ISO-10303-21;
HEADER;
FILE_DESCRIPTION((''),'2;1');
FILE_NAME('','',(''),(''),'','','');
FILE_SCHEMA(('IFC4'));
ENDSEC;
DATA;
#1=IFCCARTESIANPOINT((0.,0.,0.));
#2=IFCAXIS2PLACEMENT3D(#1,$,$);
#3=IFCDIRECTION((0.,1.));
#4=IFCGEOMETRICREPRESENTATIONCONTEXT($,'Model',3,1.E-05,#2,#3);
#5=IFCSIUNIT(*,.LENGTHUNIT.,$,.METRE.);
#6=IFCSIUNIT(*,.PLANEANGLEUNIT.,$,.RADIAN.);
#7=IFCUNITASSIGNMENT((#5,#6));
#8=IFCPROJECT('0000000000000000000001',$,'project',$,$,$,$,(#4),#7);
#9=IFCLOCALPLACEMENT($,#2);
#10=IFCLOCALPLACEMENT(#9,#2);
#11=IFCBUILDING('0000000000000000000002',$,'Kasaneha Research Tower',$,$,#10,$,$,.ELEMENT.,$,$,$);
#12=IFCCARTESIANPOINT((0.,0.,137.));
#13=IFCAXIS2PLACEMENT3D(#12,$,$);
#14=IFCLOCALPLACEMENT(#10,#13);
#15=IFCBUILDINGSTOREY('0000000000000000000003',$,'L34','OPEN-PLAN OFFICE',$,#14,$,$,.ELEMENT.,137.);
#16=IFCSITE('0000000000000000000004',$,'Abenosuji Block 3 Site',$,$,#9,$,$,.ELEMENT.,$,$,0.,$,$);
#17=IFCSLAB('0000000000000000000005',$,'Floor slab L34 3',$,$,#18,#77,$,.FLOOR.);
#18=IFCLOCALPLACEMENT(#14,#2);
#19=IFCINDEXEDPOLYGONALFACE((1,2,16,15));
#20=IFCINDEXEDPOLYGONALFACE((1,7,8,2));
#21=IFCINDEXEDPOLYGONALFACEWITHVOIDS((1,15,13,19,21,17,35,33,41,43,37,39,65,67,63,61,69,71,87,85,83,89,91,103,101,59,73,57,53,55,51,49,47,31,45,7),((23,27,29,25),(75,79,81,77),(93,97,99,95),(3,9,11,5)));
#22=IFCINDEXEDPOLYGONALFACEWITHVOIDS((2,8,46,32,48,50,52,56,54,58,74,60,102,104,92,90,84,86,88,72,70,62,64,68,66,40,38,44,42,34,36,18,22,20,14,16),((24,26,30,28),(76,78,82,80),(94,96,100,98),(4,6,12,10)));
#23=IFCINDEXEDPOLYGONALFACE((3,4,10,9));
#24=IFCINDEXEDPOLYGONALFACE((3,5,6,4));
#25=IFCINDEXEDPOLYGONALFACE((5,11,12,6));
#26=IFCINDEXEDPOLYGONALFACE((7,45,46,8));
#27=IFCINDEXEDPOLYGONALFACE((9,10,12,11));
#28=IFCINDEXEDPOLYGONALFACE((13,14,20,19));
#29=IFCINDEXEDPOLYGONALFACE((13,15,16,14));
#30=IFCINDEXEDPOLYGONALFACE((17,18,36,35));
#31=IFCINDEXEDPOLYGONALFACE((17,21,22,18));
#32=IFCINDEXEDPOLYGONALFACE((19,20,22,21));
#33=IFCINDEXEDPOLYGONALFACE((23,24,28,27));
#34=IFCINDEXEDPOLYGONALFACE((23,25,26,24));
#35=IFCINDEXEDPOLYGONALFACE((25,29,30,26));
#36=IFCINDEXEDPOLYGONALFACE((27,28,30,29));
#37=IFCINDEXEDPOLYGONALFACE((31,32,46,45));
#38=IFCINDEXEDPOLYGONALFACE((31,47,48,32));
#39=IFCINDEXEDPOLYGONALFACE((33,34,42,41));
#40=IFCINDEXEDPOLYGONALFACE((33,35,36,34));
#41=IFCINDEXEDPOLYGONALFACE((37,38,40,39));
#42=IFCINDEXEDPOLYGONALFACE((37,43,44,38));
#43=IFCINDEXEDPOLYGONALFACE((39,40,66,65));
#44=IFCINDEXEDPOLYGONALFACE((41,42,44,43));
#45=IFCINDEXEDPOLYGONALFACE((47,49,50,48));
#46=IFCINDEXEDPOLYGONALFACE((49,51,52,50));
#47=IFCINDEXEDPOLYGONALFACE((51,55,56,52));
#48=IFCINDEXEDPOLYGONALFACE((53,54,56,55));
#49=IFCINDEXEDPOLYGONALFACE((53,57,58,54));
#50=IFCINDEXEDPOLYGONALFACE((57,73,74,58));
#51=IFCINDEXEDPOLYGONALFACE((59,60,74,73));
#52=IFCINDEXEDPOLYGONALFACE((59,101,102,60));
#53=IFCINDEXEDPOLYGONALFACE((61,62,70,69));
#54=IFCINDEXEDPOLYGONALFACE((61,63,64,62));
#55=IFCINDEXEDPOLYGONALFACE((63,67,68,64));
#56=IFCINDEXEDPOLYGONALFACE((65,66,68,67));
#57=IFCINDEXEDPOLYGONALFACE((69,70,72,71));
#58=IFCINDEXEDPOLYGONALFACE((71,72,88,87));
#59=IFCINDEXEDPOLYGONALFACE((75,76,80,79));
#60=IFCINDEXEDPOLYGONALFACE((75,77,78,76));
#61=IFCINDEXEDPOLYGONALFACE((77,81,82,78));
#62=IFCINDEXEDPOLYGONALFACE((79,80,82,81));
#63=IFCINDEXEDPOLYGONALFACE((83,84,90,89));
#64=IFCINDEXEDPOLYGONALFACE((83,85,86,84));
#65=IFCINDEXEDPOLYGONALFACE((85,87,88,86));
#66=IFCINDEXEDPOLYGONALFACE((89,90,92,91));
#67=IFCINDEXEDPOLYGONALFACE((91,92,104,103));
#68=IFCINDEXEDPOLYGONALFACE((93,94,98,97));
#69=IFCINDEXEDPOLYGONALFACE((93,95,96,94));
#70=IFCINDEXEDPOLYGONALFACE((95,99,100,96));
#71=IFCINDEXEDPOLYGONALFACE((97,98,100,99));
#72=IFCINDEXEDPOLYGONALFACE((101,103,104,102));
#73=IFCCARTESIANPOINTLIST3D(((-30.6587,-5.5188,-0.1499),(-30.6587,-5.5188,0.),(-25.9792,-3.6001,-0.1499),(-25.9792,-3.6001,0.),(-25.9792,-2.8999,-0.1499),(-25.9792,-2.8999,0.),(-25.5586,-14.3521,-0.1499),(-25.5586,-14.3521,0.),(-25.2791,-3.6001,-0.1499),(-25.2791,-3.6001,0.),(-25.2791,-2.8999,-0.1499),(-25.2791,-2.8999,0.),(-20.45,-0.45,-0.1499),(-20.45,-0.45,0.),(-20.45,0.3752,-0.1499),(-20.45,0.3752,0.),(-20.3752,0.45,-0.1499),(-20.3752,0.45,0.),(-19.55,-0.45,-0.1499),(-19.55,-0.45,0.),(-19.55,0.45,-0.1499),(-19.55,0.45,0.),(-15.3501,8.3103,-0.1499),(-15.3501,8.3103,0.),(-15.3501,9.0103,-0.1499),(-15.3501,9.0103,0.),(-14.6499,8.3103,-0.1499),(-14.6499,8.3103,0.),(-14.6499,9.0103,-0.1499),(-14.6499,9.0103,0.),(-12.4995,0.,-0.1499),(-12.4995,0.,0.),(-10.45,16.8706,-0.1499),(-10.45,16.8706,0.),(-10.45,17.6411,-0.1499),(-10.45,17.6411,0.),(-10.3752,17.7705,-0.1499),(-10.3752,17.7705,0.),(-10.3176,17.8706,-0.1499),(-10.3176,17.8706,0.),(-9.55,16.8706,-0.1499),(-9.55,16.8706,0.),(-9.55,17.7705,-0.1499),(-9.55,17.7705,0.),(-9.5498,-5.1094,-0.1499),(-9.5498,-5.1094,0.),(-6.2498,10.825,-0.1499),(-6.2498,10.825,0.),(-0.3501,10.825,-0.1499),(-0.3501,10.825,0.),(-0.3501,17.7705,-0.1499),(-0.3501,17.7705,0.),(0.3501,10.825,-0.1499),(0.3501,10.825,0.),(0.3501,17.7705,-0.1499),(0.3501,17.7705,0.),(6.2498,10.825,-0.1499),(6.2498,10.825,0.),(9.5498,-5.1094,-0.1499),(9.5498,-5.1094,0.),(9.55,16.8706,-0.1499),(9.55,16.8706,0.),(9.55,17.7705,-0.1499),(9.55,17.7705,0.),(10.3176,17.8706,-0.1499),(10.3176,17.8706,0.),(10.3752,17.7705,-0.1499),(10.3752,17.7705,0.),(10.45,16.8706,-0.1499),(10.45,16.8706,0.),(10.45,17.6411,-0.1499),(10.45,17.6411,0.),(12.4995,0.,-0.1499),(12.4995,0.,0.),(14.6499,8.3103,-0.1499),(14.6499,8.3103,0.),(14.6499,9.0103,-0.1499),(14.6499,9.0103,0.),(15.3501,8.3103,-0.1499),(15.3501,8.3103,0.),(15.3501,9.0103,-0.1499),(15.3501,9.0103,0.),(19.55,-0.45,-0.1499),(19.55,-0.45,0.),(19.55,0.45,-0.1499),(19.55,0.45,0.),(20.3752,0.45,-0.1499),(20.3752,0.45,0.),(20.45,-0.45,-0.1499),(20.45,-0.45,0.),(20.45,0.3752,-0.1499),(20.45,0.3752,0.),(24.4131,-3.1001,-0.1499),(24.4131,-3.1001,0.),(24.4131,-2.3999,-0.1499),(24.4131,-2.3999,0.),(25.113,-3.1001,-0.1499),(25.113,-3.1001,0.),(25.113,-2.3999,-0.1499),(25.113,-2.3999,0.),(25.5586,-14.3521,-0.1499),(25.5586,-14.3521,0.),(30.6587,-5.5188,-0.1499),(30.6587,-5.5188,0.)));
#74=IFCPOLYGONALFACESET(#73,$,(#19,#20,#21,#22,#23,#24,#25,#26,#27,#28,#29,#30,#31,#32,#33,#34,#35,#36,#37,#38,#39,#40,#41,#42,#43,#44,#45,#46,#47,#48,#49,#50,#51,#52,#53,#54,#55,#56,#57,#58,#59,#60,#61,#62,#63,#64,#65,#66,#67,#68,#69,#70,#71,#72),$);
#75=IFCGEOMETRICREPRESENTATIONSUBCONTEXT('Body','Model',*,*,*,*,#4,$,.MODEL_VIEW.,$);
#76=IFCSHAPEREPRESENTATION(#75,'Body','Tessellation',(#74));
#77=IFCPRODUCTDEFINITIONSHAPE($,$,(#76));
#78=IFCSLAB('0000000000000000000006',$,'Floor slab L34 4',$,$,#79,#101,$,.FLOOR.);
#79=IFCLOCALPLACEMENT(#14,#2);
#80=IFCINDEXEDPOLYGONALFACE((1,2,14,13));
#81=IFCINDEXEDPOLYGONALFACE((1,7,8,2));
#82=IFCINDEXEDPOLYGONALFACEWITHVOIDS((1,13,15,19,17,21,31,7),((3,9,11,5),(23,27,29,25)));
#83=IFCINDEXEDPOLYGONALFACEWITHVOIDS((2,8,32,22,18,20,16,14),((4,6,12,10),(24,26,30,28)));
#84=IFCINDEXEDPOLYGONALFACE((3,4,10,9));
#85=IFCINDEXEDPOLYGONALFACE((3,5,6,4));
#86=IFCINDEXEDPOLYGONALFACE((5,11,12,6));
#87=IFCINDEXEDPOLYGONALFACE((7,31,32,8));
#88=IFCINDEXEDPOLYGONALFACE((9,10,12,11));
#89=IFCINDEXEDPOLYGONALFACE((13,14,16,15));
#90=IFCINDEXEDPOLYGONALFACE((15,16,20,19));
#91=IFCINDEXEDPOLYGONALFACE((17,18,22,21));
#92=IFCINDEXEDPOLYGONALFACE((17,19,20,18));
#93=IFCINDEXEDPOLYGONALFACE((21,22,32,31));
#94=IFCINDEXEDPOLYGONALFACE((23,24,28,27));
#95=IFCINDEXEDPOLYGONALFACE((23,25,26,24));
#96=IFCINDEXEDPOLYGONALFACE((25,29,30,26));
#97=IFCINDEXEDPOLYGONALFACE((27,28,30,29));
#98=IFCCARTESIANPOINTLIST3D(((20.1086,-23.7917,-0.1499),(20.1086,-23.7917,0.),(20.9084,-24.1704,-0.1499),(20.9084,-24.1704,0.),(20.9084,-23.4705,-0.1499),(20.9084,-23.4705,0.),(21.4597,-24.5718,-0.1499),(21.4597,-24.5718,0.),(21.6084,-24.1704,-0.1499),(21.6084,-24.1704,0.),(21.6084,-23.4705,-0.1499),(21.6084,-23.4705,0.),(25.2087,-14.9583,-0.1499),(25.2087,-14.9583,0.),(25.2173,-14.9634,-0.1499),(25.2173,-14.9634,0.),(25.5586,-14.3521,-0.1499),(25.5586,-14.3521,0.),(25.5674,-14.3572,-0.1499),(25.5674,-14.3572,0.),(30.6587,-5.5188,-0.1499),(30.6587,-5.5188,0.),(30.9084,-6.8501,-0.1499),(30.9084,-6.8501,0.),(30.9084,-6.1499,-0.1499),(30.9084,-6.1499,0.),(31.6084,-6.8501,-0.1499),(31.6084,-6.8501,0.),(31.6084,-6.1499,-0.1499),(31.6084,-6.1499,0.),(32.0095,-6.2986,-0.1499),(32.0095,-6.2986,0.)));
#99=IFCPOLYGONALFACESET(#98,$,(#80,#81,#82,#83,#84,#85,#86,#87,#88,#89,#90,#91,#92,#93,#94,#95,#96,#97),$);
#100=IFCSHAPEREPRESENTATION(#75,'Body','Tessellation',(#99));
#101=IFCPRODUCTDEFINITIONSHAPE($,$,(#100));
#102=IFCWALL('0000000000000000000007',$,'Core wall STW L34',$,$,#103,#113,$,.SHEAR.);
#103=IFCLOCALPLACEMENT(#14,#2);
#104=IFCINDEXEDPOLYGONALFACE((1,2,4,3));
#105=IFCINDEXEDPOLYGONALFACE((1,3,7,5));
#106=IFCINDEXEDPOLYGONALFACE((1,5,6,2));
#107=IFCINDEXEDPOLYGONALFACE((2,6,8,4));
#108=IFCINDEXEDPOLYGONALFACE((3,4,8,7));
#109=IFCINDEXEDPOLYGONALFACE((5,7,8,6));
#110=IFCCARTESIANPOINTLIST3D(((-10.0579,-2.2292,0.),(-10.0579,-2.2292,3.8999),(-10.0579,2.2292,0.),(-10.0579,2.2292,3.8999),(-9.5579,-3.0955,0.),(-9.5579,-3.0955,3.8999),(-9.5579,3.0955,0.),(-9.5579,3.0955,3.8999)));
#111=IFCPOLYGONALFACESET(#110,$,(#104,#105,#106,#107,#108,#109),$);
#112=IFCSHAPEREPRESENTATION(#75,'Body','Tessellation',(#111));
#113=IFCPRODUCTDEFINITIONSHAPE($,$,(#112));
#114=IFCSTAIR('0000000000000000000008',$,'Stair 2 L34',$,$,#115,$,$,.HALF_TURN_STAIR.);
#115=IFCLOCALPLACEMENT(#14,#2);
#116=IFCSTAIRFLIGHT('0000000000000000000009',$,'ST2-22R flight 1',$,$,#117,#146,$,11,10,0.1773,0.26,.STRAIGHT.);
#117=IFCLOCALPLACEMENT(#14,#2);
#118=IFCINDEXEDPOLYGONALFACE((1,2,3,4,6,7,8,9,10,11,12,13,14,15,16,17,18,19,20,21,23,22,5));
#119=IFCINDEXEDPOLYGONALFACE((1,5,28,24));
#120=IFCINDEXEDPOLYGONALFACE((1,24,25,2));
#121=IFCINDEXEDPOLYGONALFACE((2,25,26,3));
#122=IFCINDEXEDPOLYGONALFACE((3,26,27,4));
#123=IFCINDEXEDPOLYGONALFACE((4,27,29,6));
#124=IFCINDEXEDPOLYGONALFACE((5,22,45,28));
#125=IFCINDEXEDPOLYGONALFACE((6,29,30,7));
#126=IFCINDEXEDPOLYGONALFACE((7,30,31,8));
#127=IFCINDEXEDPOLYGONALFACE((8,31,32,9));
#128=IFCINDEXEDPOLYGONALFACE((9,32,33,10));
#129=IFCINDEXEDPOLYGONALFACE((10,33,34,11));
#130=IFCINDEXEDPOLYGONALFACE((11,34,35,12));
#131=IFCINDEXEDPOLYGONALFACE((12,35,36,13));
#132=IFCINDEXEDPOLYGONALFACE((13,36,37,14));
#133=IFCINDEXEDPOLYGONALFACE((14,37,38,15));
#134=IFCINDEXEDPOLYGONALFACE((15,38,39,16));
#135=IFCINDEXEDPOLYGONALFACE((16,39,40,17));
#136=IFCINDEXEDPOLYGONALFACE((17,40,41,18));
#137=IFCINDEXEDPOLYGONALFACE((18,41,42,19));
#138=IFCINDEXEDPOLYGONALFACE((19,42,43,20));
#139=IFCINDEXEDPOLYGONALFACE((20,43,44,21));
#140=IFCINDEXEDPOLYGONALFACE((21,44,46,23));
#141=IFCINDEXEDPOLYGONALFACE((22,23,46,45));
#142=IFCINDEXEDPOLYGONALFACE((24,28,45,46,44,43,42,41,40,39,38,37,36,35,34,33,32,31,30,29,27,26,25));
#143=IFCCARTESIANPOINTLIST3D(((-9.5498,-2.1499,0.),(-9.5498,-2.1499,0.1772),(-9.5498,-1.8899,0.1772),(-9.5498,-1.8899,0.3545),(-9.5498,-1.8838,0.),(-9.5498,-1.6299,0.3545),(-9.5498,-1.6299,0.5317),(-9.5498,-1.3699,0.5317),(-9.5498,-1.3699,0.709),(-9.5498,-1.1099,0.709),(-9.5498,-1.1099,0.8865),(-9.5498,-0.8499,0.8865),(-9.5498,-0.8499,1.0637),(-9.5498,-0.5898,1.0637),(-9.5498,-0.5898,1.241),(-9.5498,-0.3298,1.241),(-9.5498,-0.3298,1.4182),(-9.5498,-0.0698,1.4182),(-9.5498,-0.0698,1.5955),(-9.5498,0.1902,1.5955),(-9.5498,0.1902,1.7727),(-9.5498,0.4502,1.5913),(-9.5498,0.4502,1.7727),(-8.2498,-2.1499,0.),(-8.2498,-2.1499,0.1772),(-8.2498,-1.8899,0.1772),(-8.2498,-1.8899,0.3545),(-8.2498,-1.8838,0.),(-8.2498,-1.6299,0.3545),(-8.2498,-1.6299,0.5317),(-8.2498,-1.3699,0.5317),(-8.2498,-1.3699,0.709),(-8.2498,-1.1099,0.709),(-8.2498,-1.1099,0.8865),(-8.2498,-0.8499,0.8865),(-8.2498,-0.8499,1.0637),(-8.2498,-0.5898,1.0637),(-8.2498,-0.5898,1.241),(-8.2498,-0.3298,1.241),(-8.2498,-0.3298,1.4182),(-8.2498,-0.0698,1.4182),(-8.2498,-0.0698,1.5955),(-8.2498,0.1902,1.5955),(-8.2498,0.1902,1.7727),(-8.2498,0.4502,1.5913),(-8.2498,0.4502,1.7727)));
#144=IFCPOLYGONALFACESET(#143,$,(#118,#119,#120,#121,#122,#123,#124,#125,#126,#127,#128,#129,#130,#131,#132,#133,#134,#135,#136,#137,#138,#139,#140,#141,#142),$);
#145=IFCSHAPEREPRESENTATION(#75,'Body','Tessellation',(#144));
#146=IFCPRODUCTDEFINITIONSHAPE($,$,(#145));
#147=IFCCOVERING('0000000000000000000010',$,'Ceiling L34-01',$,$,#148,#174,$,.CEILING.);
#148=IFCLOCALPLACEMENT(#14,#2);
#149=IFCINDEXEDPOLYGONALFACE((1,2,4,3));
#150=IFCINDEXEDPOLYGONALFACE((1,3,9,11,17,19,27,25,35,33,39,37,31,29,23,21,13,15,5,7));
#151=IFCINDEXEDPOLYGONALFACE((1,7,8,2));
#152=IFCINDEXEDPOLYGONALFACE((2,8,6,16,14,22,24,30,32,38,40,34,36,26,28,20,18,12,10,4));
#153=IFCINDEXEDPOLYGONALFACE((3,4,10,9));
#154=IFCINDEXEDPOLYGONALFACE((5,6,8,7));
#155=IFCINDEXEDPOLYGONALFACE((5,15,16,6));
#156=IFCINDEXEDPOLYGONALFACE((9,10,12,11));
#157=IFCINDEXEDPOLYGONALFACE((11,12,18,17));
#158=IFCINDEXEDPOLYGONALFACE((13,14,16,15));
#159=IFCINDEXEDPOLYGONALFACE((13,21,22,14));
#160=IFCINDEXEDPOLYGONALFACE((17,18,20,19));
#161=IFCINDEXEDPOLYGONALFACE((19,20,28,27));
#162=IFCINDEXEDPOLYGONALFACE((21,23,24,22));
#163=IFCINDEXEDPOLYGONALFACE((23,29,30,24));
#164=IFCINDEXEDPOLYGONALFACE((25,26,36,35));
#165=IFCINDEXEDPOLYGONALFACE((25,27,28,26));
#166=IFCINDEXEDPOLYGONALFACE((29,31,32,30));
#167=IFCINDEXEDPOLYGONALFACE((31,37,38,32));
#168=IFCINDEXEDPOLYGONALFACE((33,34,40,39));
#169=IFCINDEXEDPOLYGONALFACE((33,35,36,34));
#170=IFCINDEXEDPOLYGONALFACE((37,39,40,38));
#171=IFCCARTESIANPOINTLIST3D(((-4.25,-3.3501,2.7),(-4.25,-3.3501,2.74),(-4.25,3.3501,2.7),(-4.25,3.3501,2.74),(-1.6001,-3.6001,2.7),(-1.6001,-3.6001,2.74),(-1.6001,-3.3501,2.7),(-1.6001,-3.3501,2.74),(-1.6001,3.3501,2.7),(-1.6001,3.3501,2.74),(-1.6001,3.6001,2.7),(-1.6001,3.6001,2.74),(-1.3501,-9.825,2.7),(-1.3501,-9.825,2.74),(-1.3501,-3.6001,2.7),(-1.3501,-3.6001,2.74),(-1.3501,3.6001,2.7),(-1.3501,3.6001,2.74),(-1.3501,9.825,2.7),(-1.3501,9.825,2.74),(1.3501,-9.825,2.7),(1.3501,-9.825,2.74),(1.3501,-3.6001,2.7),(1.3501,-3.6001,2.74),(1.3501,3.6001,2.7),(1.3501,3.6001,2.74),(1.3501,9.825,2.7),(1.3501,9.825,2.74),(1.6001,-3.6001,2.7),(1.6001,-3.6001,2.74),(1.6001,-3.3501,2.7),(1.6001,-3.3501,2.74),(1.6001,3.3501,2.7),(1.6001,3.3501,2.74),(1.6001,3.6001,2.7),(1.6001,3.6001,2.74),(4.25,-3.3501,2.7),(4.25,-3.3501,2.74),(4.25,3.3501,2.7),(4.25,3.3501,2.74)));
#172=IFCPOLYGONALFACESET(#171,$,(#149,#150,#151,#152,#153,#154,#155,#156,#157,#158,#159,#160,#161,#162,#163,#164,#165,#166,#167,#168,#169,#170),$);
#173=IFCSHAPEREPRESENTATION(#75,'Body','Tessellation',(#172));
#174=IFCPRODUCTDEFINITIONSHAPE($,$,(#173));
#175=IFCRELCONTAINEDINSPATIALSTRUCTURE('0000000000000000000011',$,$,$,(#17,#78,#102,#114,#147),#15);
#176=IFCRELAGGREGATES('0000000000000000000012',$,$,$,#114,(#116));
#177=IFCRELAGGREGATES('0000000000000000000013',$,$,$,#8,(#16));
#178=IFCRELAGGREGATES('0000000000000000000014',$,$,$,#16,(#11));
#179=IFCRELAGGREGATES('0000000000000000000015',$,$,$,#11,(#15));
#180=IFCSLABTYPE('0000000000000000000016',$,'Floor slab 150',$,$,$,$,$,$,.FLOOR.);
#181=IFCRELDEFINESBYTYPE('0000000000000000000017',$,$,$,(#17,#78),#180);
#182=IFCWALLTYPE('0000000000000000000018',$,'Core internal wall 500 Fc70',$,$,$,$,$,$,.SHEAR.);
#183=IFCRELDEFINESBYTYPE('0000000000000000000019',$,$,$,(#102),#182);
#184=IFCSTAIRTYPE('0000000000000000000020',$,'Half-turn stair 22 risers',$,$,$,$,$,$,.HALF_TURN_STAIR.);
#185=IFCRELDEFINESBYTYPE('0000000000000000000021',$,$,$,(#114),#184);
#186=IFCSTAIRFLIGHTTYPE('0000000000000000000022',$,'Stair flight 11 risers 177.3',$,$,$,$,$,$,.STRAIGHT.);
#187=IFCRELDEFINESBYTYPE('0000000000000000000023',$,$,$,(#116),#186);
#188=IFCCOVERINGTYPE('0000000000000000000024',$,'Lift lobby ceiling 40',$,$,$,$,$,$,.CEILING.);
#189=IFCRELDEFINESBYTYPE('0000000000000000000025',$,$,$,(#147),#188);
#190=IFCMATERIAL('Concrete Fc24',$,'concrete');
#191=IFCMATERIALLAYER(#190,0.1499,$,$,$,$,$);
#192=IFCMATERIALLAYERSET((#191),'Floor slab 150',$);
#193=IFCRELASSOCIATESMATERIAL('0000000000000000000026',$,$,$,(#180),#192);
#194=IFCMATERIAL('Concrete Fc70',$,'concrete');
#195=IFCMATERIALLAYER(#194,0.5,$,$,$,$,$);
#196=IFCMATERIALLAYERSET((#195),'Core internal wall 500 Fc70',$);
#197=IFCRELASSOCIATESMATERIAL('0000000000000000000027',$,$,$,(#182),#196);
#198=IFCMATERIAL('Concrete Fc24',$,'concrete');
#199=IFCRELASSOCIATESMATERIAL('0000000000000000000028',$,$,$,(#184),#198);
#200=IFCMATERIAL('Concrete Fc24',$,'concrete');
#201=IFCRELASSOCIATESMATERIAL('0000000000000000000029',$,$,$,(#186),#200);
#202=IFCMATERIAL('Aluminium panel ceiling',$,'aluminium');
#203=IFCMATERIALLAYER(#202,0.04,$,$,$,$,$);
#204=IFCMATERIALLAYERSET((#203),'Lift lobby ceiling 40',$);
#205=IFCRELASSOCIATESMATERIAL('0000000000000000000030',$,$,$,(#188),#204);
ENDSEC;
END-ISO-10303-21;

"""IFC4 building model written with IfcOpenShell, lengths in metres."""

from ifc_helpers import new_model, si_unit, direction, frame, origin, place, context, subcontext, project, spatial, polyline, outline, extrude, material, layer, layer_set, type_object, element, aggregate, save


model = new_model("IFC4")

# Units and contexts
model_context = context("Model", 3, precision=1e-05, world=origin(), true_north=direction((0.0, 1.0)))
body_context = subcontext(model_context, "Body", "Model", "MODEL_VIEW")
ifc_project = project(units=[si_unit("LENGTHUNIT", "METRE"), si_unit("PLANEANGLEUNIT", "RADIAN")], contexts=[model_context])

# Site, building, storey
site_placement = place(None, origin())
site = spatial("IfcSite", under=ifc_project, at=site_placement, Name="Abenosuji Block 3 Site", CompositionType="ELEMENT", RefElevation=0.0)
building_placement = place(site_placement, origin())
building = spatial("IfcBuilding", under=site, at=building_placement, Name="Kasaneha Research Tower", CompositionType="ELEMENT")
storey_placement = place(building_placement, frame((0.0, 0.0, 137.0)))
storey = spatial("IfcBuildingStorey", under=building, at=storey_placement, Name="L34", Description="OPEN-PLAN OFFICE", CompositionType="ELEMENT", Elevation=137.0)

# Slabs
ifc_material_1 = material(Name="Concrete Fc24", Category="concrete")
ifc_layer_1 = layer(ifc_material_1, 0.1499)
ifc_layer_set_1 = layer_set([ifc_layer_1], Name="Floor slab 150")
slab_type_1 = type_object("IfcSlabType", Name="Floor slab 150", PredefinedType="FLOOR", material=ifc_layer_set_1)
slab_1_placement = place(storey_placement, frame((0.0, 0.0, -0.1499)))
element("IfcSlab", 1, at=slab_1_placement, inside=storey, type_object=slab_type_1, Name="Floor slab L34 3", PredefinedType="FLOOR", context=body_context, shape_type="SweptSolid", body=[
    extrude(outline(polyline([(-20.45, -0.45), (-19.55, -0.45), (-19.55, 0.45), (-20.3752, 0.45), (-10.45, 17.6411), (-10.45, 16.8706), (-9.55, 16.8706), (-9.55, 17.7705), (-10.3752, 17.7705), (-10.3176, 17.8706), (10.3176, 17.8706), (10.3752, 17.7705), (9.55, 17.7705), (9.55, 16.8706), (10.45, 16.8706), (10.45, 17.6411), (20.3752, 0.45), (19.55, 0.45), (19.55, -0.45), (20.45, -0.45), (20.45, 0.3752), (30.6587, -5.5188), (25.5586, -14.3521), (9.5498, -5.1094), (12.4995, 0.0), (6.2498, 10.825), (0.3501, 10.825), (0.3501, 17.7705), (-0.3501, 17.7705), (-0.3501, 10.825), (-6.2498, 10.825), (-12.4995, 0.0), (-9.5498, -5.1094), (-25.5586, -14.3521), (-30.6587, -5.5188), (-20.45, 0.3752), (-20.45, -0.45)]), holes=[polyline([(-25.9792, -3.6001), (-25.2791, -3.6001), (-25.2791, -2.8999), (-25.9792, -2.8999), (-25.9792, -3.6001)]), polyline([(-15.3501, 9.0103), (-15.3501, 8.3103), (-14.6499, 8.3103), (-14.6499, 9.0103), (-15.3501, 9.0103)]), polyline([(24.4131, -2.3999), (24.4131, -3.1001), (25.113, -3.1001), (25.113, -2.3999), (24.4131, -2.3999)]), polyline([(14.6499, 9.0103), (14.6499, 8.3103), (15.3501, 8.3103), (15.3501, 9.0103), (14.6499, 9.0103)])]), origin(), (0.0, 0.0, 1.0), 0.1499),
])
slab_2_placement = place(storey_placement, frame((0.0, 0.0, -0.1499)))
element("IfcSlab", 2, at=slab_2_placement, inside=storey, type_object=slab_type_1, Name="Floor slab L34 4", PredefinedType="FLOOR", context=body_context, shape_type="SweptSolid", body=[
    extrude(outline(polyline([(32.0095, -6.2986), (21.4597, -24.5718), (20.1086, -23.7917), (25.2087, -14.9583), (25.2173, -14.9634), (25.5674, -14.3572), (25.5586, -14.3521), (30.6587, -5.5188), (32.0095, -6.2986)]), holes=[polyline([(20.9084, -24.1704), (21.6084, -24.1704), (21.6084, -23.4705), (20.9084, -23.4705), (20.9084, -24.1704)]), polyline([(30.9084, -6.8501), (31.6084, -6.8501), (31.6084, -6.1499), (30.9084, -6.1499), (30.9084, -6.8501)])]), origin(), (0.0, 0.0, 1.0), 0.1499),
])

# Wall
ifc_material_2 = material(Name="Concrete Fc70", Category="concrete")
ifc_layer_2 = layer(ifc_material_2, 0.5)
ifc_layer_set_2 = layer_set([ifc_layer_2], Name="Core internal wall 500 Fc70")
wall_type = type_object("IfcWallType", Name="Core internal wall 500 Fc70", PredefinedType="SHEAR", material=ifc_layer_set_2)
wall_placement = place(storey_placement, frame((-9.8079, -2.6624, 0.0), z_axis=(0.0, 0.0, 1.0), x_axis=(0.0, 1.0, 0.0)))
element("IfcWall", 3, at=wall_placement, inside=storey, type_object=wall_type, Name="Core wall STW L34", PredefinedType="SHEAR", context=body_context, shape_type="SweptSolid", body=[
    extrude(outline(polyline([(-0.4331, -0.25), (5.7578, -0.25), (4.8916, 0.25), (0.4331, 0.25), (-0.4331, -0.25)])), origin(), (0.0, 0.0, 1.0), 3.8999),
])

# Stair, stair flight
ifc_material_3 = material(Name="Concrete Fc24", Category="concrete")
stair_type = type_object("IfcStairType", Name="Half-turn stair 22 risers", PredefinedType="HALF_TURN_STAIR", material=ifc_material_3)
stair_placement = place(storey_placement, origin())
stair = element("IfcStair", 4, at=stair_placement, inside=storey, type_object=stair_type, Name="Stair 2 L34", PredefinedType="HALF_TURN_STAIR")
ifc_material_4 = material(Name="Concrete Fc24", Category="concrete")
stair_flight_type = type_object("IfcStairFlightType", Name="Stair flight 11 risers 177.3", PredefinedType="STRAIGHT", material=ifc_material_4)
stair_flight_placement = place(storey_placement, frame((-8.8999, -2.1499, 0.0), z_axis=(0.0, 0.0, 1.0), x_axis=(0.0, 1.0, 0.0)))
stair_flight = element("IfcStairFlight", 5, at=stair_flight_placement, type_object=stair_flight_type, Name="ST2-22R flight 1", NumberOfRisers=11, NumberOfTreads=10, PredefinedType="STRAIGHT", RiserHeight=0.1773, TreadLength=0.26, context=body_context, shape_type="SweptSolid", body=[
    extrude(outline(polyline([(0.0, 0.0), (0.0, 0.1772), (0.26, 0.1772), (0.26, 0.3545), (0.52, 0.3545), (0.52, 0.5317), (0.78, 0.5317), (0.78, 0.709), (1.04, 0.709), (1.04, 0.8865), (1.3, 0.8865), (1.3, 1.0637), (1.5601, 1.0637), (1.5601, 1.241), (1.8201, 1.241), (1.8201, 1.4182), (2.0801, 1.4182), (2.0801, 1.5955), (2.3401, 1.5955), (2.3401, 1.7727), (2.6001, 1.7727), (2.6001, 1.95), (2.6001, 1.5913), (0.2661, 0.0), (0.0, 0.0)])), frame((0.0, 0.6499, 0.0), z_axis=(0.0, -1.0, 0.0), x_axis=(1.0, 0.0, 0.0)), (0.0, 0.0, 1.0), 1.3),
])
aggregate(stair, [stair_flight])

# Covering
ifc_material_5 = material(Name="Aluminium panel ceiling", Category="aluminium")
ifc_layer_3 = layer(ifc_material_5, 0.04)
ifc_layer_set_3 = layer_set([ifc_layer_3], Name="Lift lobby ceiling 40")
covering_type_1 = type_object("IfcCoveringType", Name="Lift lobby ceiling 40", PredefinedType="CEILING", material=ifc_layer_set_3)
covering_1_placement = place(storey_placement, frame((0.0, 0.0, 2.7)))
element("IfcCovering", 6, at=covering_1_placement, inside=storey, type_object=covering_type_1, Name="Ceiling L34-01", PredefinedType="CEILING", context=body_context, shape_type="SweptSolid", body=[
    extrude(outline(polyline([(1.3501, 9.825), (1.3501, 3.6001), (1.6001, 3.6001), (1.6001, 3.3501), (4.25, 3.3501), (4.25, -3.3501), (1.6001, -3.3501), (1.6001, -3.6001), (1.3501, -3.6001), (1.3501, -9.825), (-1.3501, -9.825), (-1.3501, -3.6001), (-1.6001, -3.6001), (-1.6001, -3.3501), (-4.25, -3.3501), (-4.25, 3.3501), (-1.6001, 3.3501), (-1.6001, 3.6001), (-1.3501, 3.6001), (-1.3501, 9.825), (1.3501, 9.825)])), origin(), (0.0, 0.0, 1.0), 0.04),
])

save(model, "model.ifc")
